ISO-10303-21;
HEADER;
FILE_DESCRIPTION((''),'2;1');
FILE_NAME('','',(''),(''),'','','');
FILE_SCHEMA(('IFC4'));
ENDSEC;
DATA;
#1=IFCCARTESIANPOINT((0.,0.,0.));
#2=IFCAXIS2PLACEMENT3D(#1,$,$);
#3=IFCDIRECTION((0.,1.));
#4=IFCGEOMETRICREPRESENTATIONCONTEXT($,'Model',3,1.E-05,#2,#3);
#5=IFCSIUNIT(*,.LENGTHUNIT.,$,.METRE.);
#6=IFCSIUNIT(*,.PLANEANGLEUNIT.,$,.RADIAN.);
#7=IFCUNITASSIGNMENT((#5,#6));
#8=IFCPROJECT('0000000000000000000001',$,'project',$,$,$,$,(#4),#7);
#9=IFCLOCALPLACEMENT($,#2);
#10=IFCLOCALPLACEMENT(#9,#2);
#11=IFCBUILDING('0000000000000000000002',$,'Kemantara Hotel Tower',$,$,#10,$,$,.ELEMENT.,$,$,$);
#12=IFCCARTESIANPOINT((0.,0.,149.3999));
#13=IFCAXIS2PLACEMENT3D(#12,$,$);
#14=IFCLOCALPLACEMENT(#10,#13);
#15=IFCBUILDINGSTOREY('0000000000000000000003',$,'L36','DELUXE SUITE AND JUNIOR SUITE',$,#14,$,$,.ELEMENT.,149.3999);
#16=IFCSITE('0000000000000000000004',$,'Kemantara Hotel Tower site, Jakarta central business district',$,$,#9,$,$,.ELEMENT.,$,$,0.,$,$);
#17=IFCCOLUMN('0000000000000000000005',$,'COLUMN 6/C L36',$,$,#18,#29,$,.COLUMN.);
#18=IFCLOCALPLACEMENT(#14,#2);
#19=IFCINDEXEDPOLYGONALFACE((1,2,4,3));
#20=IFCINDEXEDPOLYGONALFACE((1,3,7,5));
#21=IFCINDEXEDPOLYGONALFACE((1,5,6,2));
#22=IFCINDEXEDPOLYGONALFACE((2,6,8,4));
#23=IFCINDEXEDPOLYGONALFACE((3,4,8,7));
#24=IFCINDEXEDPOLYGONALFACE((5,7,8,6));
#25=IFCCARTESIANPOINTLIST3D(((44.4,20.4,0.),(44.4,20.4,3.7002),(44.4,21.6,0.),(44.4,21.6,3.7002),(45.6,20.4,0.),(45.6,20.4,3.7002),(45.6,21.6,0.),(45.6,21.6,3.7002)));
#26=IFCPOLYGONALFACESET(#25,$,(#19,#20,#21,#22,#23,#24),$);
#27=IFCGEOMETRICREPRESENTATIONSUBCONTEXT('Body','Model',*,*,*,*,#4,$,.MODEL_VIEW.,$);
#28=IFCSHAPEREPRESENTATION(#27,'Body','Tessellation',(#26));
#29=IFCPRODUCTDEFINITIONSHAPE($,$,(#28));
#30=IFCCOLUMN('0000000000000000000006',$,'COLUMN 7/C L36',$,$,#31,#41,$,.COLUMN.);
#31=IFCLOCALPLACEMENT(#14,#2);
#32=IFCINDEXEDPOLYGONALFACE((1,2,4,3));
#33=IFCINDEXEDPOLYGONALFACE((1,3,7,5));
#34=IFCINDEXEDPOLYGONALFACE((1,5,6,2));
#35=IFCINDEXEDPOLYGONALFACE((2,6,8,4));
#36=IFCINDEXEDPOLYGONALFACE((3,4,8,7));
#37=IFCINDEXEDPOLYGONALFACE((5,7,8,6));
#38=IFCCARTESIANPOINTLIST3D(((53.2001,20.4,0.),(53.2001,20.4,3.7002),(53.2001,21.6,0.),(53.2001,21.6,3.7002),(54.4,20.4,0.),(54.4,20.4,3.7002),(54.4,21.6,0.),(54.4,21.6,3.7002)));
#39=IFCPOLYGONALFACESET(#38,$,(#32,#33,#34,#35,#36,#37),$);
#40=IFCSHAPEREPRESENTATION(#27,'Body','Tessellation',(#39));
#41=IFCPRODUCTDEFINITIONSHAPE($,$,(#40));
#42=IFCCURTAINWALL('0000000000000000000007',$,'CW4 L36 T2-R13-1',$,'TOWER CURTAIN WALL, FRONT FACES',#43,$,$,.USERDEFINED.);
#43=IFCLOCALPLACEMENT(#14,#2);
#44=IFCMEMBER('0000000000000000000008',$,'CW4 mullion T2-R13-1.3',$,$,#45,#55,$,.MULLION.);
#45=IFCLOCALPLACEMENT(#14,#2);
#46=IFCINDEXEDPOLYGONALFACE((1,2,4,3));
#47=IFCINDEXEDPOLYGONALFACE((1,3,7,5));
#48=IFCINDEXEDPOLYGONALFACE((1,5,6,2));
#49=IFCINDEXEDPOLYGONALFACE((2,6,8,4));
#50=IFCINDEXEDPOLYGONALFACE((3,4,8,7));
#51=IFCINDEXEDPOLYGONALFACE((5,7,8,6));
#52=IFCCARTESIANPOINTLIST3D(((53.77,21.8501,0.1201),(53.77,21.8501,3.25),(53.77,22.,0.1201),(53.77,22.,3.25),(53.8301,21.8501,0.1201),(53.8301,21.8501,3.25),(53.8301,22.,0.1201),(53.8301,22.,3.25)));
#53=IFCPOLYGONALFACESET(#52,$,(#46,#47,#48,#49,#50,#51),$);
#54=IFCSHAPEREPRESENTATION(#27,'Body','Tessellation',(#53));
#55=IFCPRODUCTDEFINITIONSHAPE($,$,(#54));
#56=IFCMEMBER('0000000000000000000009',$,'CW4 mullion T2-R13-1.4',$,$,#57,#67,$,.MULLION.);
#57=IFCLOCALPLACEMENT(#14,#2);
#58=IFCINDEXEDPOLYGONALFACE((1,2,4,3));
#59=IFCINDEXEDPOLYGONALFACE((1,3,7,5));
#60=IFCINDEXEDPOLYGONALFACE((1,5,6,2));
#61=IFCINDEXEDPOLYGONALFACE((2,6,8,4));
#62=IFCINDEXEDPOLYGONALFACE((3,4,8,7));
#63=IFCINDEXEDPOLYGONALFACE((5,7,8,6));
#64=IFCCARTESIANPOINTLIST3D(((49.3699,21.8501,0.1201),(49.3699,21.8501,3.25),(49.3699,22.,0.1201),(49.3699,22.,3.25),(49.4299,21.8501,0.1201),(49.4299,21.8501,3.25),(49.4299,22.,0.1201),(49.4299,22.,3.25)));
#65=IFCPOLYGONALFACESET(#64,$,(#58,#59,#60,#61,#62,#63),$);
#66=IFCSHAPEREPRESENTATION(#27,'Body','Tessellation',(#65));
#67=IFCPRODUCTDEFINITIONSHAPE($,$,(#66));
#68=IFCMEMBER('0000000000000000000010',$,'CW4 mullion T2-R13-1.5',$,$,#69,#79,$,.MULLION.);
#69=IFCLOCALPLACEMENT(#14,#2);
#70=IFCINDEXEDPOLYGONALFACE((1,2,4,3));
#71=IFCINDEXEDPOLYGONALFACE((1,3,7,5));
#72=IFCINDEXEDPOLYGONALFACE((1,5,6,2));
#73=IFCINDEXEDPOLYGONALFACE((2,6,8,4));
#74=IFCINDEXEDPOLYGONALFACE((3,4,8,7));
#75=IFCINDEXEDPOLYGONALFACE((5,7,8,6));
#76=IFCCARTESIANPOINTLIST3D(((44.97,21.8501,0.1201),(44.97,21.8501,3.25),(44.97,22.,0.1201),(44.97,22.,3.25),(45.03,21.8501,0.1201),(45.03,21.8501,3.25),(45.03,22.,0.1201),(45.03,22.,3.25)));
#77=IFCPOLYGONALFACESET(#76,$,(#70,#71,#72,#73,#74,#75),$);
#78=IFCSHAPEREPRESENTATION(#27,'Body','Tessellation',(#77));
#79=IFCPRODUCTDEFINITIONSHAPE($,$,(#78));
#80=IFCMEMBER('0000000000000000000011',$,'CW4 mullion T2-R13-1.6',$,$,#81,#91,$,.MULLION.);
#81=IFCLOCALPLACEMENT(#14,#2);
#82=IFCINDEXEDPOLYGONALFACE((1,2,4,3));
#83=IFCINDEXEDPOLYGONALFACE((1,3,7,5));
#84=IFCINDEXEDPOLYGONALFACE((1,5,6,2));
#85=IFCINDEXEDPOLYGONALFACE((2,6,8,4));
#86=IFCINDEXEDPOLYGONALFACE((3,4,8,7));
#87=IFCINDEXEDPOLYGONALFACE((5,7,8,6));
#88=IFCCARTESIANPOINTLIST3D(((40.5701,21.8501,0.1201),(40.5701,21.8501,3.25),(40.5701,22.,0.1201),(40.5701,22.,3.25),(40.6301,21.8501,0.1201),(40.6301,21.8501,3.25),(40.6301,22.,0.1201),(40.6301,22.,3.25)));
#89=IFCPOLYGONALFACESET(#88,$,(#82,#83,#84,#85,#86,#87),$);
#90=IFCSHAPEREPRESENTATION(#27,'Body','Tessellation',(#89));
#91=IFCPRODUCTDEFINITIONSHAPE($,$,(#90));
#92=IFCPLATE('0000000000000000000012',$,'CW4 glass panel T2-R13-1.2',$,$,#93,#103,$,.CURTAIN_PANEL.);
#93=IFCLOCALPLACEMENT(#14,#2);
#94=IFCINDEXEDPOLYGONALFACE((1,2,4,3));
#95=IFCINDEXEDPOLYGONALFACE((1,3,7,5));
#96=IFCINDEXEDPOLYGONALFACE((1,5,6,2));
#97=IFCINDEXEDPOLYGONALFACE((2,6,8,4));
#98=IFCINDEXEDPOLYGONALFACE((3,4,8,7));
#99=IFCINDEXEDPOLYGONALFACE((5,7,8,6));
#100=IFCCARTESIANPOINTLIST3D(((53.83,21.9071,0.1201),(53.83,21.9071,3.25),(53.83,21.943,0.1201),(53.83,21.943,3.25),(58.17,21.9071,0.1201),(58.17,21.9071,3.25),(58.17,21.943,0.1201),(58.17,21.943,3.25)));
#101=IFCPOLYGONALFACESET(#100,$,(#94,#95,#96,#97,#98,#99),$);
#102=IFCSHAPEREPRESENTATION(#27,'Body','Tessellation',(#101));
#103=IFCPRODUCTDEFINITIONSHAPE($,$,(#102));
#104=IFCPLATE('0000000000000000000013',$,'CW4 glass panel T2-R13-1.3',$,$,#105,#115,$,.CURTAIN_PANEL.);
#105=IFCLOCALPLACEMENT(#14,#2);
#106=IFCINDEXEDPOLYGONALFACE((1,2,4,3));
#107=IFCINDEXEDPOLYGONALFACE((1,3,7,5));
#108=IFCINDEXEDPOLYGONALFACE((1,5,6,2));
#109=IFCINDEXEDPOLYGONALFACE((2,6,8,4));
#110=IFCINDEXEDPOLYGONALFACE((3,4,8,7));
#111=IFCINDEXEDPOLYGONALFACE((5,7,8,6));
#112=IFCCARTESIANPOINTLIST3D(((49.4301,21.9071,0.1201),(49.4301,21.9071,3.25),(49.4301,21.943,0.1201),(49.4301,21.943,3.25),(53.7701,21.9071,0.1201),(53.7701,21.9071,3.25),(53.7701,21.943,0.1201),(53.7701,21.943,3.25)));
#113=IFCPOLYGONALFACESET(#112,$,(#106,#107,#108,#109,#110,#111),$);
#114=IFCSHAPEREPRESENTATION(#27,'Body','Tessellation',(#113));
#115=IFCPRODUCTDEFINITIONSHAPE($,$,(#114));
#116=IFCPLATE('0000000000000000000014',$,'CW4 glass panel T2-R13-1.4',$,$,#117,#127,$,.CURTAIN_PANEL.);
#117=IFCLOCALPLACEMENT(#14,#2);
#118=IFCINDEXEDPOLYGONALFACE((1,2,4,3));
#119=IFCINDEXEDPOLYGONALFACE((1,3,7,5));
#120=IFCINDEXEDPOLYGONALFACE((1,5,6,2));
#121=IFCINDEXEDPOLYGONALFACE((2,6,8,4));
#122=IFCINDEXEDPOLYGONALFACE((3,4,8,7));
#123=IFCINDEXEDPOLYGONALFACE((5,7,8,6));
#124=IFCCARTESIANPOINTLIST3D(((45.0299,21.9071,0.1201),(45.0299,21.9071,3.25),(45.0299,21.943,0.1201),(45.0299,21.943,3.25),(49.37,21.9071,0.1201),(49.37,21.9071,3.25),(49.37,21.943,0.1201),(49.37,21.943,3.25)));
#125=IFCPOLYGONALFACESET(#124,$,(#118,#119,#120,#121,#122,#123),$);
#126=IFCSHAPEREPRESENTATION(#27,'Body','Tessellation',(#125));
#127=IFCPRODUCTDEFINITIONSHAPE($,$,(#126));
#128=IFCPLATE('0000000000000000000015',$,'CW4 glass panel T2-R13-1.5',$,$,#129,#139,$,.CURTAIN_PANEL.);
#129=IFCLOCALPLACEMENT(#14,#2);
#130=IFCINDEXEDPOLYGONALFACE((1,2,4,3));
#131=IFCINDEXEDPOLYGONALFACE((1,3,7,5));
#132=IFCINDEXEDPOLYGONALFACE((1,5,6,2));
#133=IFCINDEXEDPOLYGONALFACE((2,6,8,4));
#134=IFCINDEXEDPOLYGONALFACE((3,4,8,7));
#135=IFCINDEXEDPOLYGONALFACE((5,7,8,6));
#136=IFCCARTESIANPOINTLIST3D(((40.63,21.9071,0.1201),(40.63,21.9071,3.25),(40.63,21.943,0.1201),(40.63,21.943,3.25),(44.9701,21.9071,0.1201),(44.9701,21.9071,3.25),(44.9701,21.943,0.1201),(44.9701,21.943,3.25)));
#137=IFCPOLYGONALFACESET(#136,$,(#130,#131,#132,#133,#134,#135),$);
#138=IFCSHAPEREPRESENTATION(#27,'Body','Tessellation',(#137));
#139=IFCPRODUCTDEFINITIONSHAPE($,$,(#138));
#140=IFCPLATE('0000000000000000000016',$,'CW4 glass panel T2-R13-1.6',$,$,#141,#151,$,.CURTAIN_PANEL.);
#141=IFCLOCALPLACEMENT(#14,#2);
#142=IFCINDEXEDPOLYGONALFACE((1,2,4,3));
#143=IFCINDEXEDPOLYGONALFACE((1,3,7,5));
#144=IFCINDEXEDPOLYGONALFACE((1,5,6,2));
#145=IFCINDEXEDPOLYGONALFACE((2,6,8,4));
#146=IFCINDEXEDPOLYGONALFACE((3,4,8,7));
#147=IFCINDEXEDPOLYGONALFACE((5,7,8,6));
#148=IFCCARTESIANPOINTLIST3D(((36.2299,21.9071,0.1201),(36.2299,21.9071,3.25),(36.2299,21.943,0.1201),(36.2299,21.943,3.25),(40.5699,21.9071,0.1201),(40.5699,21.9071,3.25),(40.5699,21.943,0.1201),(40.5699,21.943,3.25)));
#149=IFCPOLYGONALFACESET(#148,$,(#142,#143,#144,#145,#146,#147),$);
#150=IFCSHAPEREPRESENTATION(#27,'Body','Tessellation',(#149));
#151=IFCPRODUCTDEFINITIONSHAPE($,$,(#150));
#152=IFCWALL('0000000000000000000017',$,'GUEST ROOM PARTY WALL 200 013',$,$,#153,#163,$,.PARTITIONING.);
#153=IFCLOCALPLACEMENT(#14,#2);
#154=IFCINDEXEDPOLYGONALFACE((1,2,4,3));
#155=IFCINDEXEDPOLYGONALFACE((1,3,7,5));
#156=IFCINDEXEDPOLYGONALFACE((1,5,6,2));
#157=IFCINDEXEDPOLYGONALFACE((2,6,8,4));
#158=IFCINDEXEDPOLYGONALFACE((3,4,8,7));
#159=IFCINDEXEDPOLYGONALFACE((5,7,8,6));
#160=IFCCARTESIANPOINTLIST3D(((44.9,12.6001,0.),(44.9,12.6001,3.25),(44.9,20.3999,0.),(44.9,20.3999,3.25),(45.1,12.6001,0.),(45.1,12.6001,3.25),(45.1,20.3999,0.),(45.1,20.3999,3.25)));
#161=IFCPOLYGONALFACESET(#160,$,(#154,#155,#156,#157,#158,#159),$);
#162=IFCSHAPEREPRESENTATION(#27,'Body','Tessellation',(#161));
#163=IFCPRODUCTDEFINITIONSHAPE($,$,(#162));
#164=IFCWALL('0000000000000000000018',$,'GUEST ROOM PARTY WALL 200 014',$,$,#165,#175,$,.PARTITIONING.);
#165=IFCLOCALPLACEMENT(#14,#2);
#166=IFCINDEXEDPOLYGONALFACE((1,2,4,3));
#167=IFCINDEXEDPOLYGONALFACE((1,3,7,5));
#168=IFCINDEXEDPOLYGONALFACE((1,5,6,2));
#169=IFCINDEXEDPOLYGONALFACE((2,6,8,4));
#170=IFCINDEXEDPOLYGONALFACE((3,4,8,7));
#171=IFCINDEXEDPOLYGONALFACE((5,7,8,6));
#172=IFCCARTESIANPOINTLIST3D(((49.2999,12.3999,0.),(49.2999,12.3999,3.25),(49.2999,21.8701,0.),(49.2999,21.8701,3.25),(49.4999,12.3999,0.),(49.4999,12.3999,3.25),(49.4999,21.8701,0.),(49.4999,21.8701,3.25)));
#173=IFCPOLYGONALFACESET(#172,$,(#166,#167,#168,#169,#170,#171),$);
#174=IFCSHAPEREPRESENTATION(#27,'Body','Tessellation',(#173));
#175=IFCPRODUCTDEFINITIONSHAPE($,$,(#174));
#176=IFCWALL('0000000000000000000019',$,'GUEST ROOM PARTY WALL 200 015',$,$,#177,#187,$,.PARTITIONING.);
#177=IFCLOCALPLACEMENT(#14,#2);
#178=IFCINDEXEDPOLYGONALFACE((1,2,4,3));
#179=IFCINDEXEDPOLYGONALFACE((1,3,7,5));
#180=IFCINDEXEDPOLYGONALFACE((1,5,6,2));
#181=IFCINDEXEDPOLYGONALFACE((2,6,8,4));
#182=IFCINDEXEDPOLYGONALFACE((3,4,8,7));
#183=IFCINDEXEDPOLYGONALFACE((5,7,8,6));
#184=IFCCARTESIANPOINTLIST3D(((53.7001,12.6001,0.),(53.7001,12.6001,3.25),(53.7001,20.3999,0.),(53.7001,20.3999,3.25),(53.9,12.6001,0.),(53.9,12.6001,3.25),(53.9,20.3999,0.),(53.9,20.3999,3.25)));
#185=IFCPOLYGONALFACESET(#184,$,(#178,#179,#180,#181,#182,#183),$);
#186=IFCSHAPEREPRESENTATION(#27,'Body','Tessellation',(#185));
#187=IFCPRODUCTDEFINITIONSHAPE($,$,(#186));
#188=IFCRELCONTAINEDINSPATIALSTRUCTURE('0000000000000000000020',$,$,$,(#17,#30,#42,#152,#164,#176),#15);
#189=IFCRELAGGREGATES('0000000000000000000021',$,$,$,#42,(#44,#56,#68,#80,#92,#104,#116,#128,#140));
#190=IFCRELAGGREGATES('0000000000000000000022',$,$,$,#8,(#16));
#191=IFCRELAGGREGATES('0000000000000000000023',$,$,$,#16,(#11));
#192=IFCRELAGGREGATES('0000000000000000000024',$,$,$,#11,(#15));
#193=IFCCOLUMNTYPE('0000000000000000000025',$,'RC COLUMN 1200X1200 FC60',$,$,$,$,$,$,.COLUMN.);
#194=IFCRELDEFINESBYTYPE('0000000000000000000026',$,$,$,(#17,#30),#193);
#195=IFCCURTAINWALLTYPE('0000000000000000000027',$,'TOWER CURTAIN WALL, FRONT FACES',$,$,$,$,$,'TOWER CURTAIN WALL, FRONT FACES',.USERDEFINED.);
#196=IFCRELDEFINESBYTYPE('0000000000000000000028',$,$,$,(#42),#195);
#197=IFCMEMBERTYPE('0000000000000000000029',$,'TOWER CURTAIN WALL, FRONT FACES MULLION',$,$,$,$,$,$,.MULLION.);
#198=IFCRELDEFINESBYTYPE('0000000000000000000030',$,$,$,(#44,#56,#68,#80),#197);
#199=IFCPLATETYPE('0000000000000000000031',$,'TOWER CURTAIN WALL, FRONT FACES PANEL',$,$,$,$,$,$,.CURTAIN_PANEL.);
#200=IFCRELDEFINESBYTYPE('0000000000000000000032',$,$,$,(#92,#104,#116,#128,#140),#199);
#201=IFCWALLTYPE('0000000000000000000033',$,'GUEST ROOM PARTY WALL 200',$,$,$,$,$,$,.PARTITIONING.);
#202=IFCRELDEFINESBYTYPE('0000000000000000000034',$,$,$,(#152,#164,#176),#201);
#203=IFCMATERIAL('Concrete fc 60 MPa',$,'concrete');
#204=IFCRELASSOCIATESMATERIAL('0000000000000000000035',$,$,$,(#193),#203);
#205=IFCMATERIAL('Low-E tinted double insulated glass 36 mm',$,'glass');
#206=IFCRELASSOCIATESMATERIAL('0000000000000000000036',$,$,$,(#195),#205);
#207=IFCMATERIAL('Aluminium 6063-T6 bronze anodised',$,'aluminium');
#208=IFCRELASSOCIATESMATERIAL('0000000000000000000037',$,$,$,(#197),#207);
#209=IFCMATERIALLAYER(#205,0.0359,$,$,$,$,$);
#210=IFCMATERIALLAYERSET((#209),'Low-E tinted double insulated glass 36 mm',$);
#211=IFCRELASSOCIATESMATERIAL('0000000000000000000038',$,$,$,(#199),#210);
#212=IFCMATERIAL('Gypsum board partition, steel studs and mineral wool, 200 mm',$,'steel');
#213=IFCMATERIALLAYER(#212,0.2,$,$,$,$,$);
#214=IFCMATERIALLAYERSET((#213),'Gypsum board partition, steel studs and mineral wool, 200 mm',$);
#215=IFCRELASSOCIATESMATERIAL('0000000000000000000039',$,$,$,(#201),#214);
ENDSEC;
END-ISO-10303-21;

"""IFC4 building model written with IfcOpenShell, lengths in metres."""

from ifc_helpers import new_model, si_unit, direction, frame, frame_2d, origin, origin_2d, place, context, subcontext, project, spatial, rectangle, extrude, source, transform, mapped, material, layer, layer_set, material_profile, profile_set, type_object, element, aggregate, save


model = new_model("IFC4")

# Units and contexts
model_context = context("Model", 3, precision=1e-05, world=origin(), true_north=direction((0.0, 1.0)))
body_context = subcontext(model_context, "Body", "Model", "MODEL_VIEW")
ifc_project = project(units=[si_unit("LENGTHUNIT", "METRE"), si_unit("PLANEANGLEUNIT", "RADIAN")], contexts=[model_context])

# Site, building, storey
site_placement = place(None, origin())
site = spatial("IfcSite", under=ifc_project, at=site_placement, Name="Kemantara Hotel Tower site, Jakarta central business district", CompositionType="ELEMENT", RefElevation=0.0)
building_placement = place(site_placement, origin())
building = spatial("IfcBuilding", under=site, at=building_placement, Name="Kemantara Hotel Tower", CompositionType="ELEMENT")
storey_placement = place(building_placement, frame((0.0, 0.0, 149.3999)))
storey = spatial("IfcBuildingStorey", under=building, at=storey_placement, Name="L36", Description="DELUXE SUITE AND JUNIOR SUITE", CompositionType="ELEMENT", Elevation=149.3999)

# Columns
ifc_material_1 = material(Name="Concrete fc 60 MPa", Category="concrete")
ifc_material_profile_1 = material_profile(ifc_material_1, rectangle(XDim=1.2, YDim=1.2, at=origin_2d()), Name="RC 1200X1200")
ifc_profile_set_1 = profile_set([ifc_material_profile_1], Name="Concrete fc 60 MPa")
column_type = type_object("IfcColumnType", Name="RC COLUMN 1200X1200 FC60", PredefinedType="COLUMN", material=ifc_profile_set_1)
for number, where, z_axis, x_axis, name in (
    (1, (45.0, 21.0, 0.0), (0.0, 0.0, 1.0), (1.0, 0.0, 0.0), "COLUMN 6/C L36"),
    (2, (53.8, 21.0, 0.0), (0.0, 0.0, 1.0), (1.0, 0.0, 0.0), "COLUMN 7/C L36"),
):
    element("IfcColumn", number, at=place(storey_placement, frame(where, z_axis=z_axis, x_axis=x_axis)), inside=storey, type_object=column_type, Name=name, PredefinedType="COLUMN", context=body_context, shape_type="SweptSolid", body=[
        extrude(rectangle(XDim=1.2, YDim=1.2, at=origin_2d()), origin(), (0.0, 0.0, 1.0), 3.7002),
    ])

# Curtain wall, members, plates
ifc_material_2 = material(Name="Low-E tinted double insulated glass 36 mm", Category="glass")
curtain_wall_type = type_object("IfcCurtainWallType", Name="TOWER CURTAIN WALL, FRONT FACES", ElementType="TOWER CURTAIN WALL, FRONT FACES", PredefinedType="USERDEFINED", material=ifc_material_2)
curtain_wall_placement = place(storey_placement, origin())
curtain_wall = element("IfcCurtainWall", 3, at=curtain_wall_placement, inside=storey, type_object=curtain_wall_type, Name="CW4 L36 T2-R13-1", ObjectType="TOWER CURTAIN WALL, FRONT FACES", PredefinedType="USERDEFINED")
ifc_material_3 = material(Name="Aluminium 6063-T6 bronze anodised", Category="aluminium")
ifc_material_profile_2 = material_profile(ifc_material_3, rectangle(XDim=0.1499, YDim=0.0601, at=origin_2d()), Name="TOWER CURTAIN WALL, FRONT FACES MULLION")
ifc_profile_set_2 = profile_set([ifc_material_profile_2], Name="Aluminium 6063-T6 bronze anodised")
member_type = type_object("IfcMemberType", Name="TOWER CURTAIN WALL, FRONT FACES MULLION", PredefinedType="MULLION", material=ifc_profile_set_2)
shared_shape_1 = source(origin(), body_context, "Body", "SweptSolid", [
    extrude(rectangle(XDim=0.1499, YDim=0.0601, at=origin_2d()), origin(), (0.0, 0.0, 1.0), 3.1299),
])
member_1_placement = place(storey_placement, frame((53.8, 21.925, 0.1201), z_axis=(0.0, 0.0, 1.0), x_axis=(0.0, -1.0, 0.0)))
member_1 = element("IfcMember", 4, at=member_1_placement, type_object=member_type, Name="CW4 mullion T2-R13-1.3", PredefinedType="MULLION", context=body_context, shape_type="MappedRepresentation", body=[
    mapped(shared_shape_1, transform((0.0, 0.0, 0.0))),
])
member_2_placement = place(storey_placement, frame((49.3999, 21.925, 0.1201), z_axis=(0.0, 0.0, 1.0), x_axis=(0.0, -1.0, 0.0)))
member_2 = element("IfcMember", 5, at=member_2_placement, type_object=member_type, Name="CW4 mullion T2-R13-1.4", PredefinedType="MULLION", context=body_context, shape_type="MappedRepresentation", body=[
    mapped(shared_shape_1, transform((0.0, 0.0, 0.0))),
])
member_3_placement = place(storey_placement, frame((45.0, 21.925, 0.1201), z_axis=(0.0, 0.0, 1.0), x_axis=(0.0, -1.0, 0.0)))
member_3 = element("IfcMember", 6, at=member_3_placement, type_object=member_type, Name="CW4 mullion T2-R13-1.5", PredefinedType="MULLION", context=body_context, shape_type="MappedRepresentation", body=[
    mapped(shared_shape_1, transform((0.0, 0.0, 0.0))),
])
member_4_placement = place(storey_placement, frame((40.6001, 21.925, 0.1201), z_axis=(0.0, 0.0, 1.0), x_axis=(0.0, -1.0, 0.0)))
member_4 = element("IfcMember", 7, at=member_4_placement, type_object=member_type, Name="CW4 mullion T2-R13-1.6", PredefinedType="MULLION", context=body_context, shape_type="MappedRepresentation", body=[
    mapped(shared_shape_1, transform((0.0, 0.0, 0.0))),
])
ifc_layer_1 = layer(ifc_material_2, 0.0359)
ifc_layer_set_1 = layer_set([ifc_layer_1], Name="Low-E tinted double insulated glass 36 mm")
plate_type = type_object("IfcPlateType", Name="TOWER CURTAIN WALL, FRONT FACES PANEL", PredefinedType="CURTAIN_PANEL", material=ifc_layer_set_1)
shared_shape_2 = source(origin(), body_context, "Body", "SweptSolid", [
    extrude(rectangle(XDim=4.3401, YDim=0.0359, at=origin_2d()), origin(), (0.0, 0.0, 1.0), 3.1299),
])
plate_1_placement = place(storey_placement, frame((56.0, 21.925, 0.1201), z_axis=(0.0, 0.0, 1.0), x_axis=(-1.0, 0.0, 0.0)))
plate_1 = element("IfcPlate", 8, at=plate_1_placement, type_object=plate_type, Name="CW4 glass panel T2-R13-1.2", PredefinedType="CURTAIN_PANEL", context=body_context, shape_type="MappedRepresentation", body=[
    mapped(shared_shape_2, transform((0.0, 0.0, 0.0))),
])
plate_2_placement = place(storey_placement, frame((51.6001, 21.925, 0.1201), z_axis=(0.0, 0.0, 1.0), x_axis=(-1.0, 0.0, 0.0)))
plate_2 = element("IfcPlate", 9, at=plate_2_placement, type_object=plate_type, Name="CW4 glass panel T2-R13-1.3", PredefinedType="CURTAIN_PANEL", context=body_context, shape_type="MappedRepresentation", body=[
    mapped(shared_shape_2, transform((0.0, 0.0, 0.0))),
])
plate_3_placement = place(storey_placement, frame((47.2, 21.925, 0.1201), z_axis=(0.0, 0.0, 1.0), x_axis=(-1.0, 0.0, 0.0)))
plate_3 = element("IfcPlate", 10, at=plate_3_placement, type_object=plate_type, Name="CW4 glass panel T2-R13-1.4", PredefinedType="CURTAIN_PANEL", context=body_context, shape_type="MappedRepresentation", body=[
    mapped(shared_shape_2, transform((0.0, 0.0, 0.0))),
])
plate_4_placement = place(storey_placement, frame((42.8, 21.925, 0.1201), z_axis=(0.0, 0.0, 1.0), x_axis=(-1.0, 0.0, 0.0)))
plate_4 = element("IfcPlate", 11, at=plate_4_placement, type_object=plate_type, Name="CW4 glass panel T2-R13-1.5", PredefinedType="CURTAIN_PANEL", context=body_context, shape_type="MappedRepresentation", body=[
    mapped(shared_shape_2, transform((0.0, 0.0, 0.0))),
])
plate_5_placement = place(storey_placement, frame((38.3999, 21.925, 0.1201), z_axis=(0.0, 0.0, 1.0), x_axis=(-1.0, 0.0, 0.0)))
plate_5 = element("IfcPlate", 12, at=plate_5_placement, type_object=plate_type, Name="CW4 glass panel T2-R13-1.6", PredefinedType="CURTAIN_PANEL", context=body_context, shape_type="MappedRepresentation", body=[
    mapped(shared_shape_2, transform((0.0, 0.0, 0.0))),
])
aggregate(curtain_wall, [member_1, member_2, member_3, member_4, plate_1, plate_2, plate_3, plate_4, plate_5])

# Walls
ifc_material_4 = material(Name="Gypsum board partition, steel studs and mineral wool, 200 mm", Category="steel")
ifc_layer_2 = layer(ifc_material_4, 0.2)
ifc_layer_set_2 = layer_set([ifc_layer_2], Name="Gypsum board partition, steel studs and mineral wool, 200 mm")
wall_type_1 = type_object("IfcWallType", Name="GUEST ROOM PARTY WALL 200", PredefinedType="PARTITIONING", material=ifc_layer_set_2)
wall_1_placement = place(storey_placement, frame((45.0, 12.6001, 0.0), z_axis=(0.0, 0.0, 1.0), x_axis=(0.0, 1.0, 0.0)))
element("IfcWall", 13, at=wall_1_placement, inside=storey, type_object=wall_type_1, Name="GUEST ROOM PARTY WALL 200 013", PredefinedType="PARTITIONING", context=body_context, shape_type="SweptSolid", body=[
    extrude(rectangle(XDim=7.7998, YDim=0.2, at=frame_2d((3.8999, 0.0))), origin(), (0.0, 0.0, 1.0), 3.25),
])
wall_2_placement = place(storey_placement, frame((49.3999, 12.3999, 0.0), z_axis=(0.0, 0.0, 1.0), x_axis=(0.0, 1.0, 0.0)))
element("IfcWall", 14, at=wall_2_placement, inside=storey, type_object=wall_type_1, Name="GUEST ROOM PARTY WALL 200 014", PredefinedType="PARTITIONING", context=body_context, shape_type="SweptSolid", body=[
    extrude(rectangle(XDim=9.4702, YDim=0.2, at=frame_2d((4.7351, 0.0))), origin(), (0.0, 0.0, 1.0), 3.25),
])
wall_3_placement = place(storey_placement, frame((53.8, 12.6001, 0.0), z_axis=(0.0, 0.0, 1.0), x_axis=(0.0, 1.0, 0.0)))
element("IfcWall", 15, at=wall_3_placement, inside=storey, type_object=wall_type_1, Name="GUEST ROOM PARTY WALL 200 015", PredefinedType="PARTITIONING", context=body_context, shape_type="SweptSolid", body=[
    extrude(rectangle(XDim=7.7998, YDim=0.2, at=frame_2d((3.8999, 0.0))), origin(), (0.0, 0.0, 1.0), 3.25),
])

save(model, "model.ifc")
